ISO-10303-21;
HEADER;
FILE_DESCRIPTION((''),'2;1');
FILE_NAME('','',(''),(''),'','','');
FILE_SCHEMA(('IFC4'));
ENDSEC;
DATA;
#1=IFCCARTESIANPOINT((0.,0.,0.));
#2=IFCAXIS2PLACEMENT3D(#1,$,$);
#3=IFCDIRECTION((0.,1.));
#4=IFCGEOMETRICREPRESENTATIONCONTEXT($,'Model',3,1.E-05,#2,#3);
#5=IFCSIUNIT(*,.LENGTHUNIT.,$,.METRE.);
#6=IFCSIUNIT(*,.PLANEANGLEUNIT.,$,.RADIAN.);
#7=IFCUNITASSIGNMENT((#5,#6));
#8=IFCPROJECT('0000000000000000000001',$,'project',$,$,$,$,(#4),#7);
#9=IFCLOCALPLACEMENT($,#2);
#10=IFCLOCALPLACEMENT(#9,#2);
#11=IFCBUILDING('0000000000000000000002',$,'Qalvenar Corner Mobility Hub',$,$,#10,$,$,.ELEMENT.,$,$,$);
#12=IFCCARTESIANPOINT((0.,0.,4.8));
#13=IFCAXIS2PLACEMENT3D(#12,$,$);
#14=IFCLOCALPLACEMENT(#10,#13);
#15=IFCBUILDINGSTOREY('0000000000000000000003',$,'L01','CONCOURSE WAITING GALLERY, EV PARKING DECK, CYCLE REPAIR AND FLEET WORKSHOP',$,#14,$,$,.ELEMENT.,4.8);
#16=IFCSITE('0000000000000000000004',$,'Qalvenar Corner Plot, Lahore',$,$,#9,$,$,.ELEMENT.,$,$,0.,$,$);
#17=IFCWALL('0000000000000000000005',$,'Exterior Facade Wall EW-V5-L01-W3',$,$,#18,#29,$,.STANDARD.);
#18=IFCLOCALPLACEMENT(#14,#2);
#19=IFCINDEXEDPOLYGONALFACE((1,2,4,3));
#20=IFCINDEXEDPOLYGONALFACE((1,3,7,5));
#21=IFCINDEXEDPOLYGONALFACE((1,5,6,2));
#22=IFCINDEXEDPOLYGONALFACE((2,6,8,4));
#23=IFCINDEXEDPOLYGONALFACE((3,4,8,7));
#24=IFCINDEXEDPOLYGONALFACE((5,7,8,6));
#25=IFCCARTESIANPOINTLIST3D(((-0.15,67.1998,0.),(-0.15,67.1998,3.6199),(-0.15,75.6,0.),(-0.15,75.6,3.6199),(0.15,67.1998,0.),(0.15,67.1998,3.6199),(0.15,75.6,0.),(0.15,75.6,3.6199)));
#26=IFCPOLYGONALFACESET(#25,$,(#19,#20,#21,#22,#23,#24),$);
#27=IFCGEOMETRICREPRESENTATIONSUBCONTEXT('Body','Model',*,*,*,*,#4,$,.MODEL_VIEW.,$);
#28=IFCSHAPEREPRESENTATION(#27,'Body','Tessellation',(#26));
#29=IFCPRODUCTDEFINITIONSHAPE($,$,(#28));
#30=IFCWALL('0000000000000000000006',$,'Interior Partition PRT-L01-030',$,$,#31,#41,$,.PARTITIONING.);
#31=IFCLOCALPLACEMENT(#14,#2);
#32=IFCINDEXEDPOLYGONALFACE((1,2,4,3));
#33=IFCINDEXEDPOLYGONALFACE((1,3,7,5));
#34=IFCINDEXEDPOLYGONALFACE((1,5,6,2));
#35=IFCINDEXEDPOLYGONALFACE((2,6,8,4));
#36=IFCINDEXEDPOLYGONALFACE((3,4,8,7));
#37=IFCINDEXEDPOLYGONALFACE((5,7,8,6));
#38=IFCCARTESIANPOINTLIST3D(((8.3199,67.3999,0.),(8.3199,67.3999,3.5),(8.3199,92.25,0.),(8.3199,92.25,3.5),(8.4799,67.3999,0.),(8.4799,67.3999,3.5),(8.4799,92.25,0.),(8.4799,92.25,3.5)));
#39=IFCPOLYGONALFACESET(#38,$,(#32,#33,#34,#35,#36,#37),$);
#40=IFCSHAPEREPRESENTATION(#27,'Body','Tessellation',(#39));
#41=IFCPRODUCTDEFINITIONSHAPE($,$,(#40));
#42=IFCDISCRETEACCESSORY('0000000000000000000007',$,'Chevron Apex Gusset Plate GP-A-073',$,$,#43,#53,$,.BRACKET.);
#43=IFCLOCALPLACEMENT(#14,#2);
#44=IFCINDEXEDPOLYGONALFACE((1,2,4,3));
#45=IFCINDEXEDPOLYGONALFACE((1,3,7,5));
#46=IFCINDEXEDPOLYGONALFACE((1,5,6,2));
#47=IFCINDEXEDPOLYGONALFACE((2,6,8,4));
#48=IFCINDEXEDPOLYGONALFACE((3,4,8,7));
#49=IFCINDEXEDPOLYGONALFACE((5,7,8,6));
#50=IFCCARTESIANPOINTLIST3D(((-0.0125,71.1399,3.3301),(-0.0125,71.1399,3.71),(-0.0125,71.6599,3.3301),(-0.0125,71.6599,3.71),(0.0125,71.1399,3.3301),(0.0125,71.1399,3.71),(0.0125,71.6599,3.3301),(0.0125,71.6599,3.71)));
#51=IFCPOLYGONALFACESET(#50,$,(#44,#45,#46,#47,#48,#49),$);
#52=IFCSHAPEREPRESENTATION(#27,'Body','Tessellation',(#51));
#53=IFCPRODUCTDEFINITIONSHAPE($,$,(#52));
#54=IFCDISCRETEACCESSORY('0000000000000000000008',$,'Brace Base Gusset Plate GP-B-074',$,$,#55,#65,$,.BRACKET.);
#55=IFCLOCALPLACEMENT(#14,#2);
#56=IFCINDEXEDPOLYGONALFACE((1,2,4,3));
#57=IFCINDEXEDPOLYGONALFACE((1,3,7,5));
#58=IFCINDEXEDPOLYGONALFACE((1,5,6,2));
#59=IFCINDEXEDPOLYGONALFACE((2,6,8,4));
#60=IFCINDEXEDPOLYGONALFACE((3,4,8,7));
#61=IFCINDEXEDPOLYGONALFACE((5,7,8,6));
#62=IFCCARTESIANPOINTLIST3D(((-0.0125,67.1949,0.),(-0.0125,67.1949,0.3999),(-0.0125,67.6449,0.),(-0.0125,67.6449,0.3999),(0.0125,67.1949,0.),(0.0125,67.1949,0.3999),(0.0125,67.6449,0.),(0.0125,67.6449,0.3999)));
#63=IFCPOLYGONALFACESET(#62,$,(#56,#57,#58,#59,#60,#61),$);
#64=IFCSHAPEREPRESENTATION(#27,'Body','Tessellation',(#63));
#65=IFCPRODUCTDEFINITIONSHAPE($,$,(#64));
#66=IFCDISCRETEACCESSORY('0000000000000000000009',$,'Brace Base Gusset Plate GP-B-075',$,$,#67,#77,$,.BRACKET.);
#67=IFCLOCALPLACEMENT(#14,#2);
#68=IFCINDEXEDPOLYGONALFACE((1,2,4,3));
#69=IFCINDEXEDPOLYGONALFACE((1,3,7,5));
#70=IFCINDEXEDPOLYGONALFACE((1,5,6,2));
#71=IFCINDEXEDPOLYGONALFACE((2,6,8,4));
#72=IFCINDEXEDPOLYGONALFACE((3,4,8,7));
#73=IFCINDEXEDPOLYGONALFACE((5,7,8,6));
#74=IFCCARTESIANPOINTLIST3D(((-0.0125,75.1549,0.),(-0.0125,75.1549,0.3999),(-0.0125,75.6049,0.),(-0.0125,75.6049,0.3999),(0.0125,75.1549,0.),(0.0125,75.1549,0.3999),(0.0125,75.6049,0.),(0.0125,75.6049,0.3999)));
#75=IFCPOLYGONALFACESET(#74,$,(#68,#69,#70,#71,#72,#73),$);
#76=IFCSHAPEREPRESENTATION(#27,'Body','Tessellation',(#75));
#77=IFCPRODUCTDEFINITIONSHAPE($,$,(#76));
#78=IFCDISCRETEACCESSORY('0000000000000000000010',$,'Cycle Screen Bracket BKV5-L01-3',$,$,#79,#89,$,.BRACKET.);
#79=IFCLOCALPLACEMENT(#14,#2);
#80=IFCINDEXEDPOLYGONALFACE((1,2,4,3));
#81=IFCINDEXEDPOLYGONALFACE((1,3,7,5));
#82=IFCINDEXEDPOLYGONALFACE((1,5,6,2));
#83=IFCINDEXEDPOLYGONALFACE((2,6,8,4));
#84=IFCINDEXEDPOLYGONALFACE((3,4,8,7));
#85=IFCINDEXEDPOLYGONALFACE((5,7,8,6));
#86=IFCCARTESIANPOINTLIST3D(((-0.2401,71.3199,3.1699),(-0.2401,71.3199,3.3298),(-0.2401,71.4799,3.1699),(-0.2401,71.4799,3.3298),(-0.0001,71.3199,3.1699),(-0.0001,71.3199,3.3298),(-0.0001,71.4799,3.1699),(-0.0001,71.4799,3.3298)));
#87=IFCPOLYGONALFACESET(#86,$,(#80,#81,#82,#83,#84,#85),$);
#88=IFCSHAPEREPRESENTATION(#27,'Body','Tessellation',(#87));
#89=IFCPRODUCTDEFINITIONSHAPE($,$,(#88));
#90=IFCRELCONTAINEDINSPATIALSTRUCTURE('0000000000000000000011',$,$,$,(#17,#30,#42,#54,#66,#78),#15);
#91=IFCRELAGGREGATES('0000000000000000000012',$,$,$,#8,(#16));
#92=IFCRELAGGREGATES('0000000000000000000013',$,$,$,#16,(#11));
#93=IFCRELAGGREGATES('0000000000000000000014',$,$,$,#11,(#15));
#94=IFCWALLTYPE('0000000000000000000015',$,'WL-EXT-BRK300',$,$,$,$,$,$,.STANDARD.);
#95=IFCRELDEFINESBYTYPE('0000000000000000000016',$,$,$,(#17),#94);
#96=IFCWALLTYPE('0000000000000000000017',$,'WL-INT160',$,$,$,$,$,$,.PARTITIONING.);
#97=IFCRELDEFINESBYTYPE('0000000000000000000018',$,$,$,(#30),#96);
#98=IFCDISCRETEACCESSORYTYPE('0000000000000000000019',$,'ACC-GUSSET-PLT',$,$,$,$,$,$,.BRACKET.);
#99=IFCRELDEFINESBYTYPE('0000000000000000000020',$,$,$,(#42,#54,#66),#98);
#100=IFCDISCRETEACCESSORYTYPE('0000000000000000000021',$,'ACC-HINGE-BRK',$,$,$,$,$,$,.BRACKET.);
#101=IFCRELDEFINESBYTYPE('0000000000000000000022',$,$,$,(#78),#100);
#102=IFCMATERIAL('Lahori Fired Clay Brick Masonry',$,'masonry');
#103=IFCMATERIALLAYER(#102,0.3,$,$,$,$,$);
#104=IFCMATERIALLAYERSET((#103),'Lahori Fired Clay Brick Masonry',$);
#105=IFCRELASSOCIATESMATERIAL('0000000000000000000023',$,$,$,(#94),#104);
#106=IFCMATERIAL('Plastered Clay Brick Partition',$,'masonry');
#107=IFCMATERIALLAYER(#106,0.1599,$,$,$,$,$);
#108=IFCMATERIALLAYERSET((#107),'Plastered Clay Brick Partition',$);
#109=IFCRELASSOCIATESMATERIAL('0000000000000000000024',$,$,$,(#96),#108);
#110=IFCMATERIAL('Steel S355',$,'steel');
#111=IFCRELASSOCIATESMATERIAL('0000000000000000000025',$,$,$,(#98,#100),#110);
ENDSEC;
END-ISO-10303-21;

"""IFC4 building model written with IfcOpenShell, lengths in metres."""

from ifc_helpers import new_model, si_unit, direction, frame, frame_2d, origin, origin_2d, place, context, subcontext, project, spatial, rectangle, extrude, material, layer, layer_set, type_object, element, save


model = new_model("IFC4")

# Units and contexts
model_context = context("Model", 3, precision=1e-05, world=origin(), true_north=direction((0.0, 1.0)))
body_context = subcontext(model_context, "Body", "Model", "MODEL_VIEW")
ifc_project = project(units=[si_unit("LENGTHUNIT", "METRE"), si_unit("PLANEANGLEUNIT", "RADIAN")], contexts=[model_context])

# Site, building, storey
site_placement = place(None, origin())
site = spatial("IfcSite", under=ifc_project, at=site_placement, Name="Qalvenar Corner Plot, Lahore", CompositionType="ELEMENT", RefElevation=0.0)
building_placement = place(site_placement, origin())
building = spatial("IfcBuilding", under=site, at=building_placement, Name="Qalvenar Corner Mobility Hub", CompositionType="ELEMENT")
storey_placement = place(building_placement, frame((0.0, 0.0, 4.8)))
storey = spatial("IfcBuildingStorey", under=building, at=storey_placement, Name="L01", Description="CONCOURSE WAITING GALLERY, EV PARKING DECK, CYCLE REPAIR AND FLEET WORKSHOP", CompositionType="ELEMENT", Elevation=4.8)

# Shared definitions
ifc_material_1 = material(Name="Steel S355", Category="steel")

# Walls
ifc_material_2 = material(Name="Lahori Fired Clay Brick Masonry", Category="masonry")
ifc_layer_1 = layer(ifc_material_2, 0.3)
ifc_layer_set_1 = layer_set([ifc_layer_1], Name="Lahori Fired Clay Brick Masonry")
wall_type_1 = type_object("IfcWallType", Name="WL-EXT-BRK300", PredefinedType="STANDARD", material=ifc_layer_set_1)
wall_1_placement = place(storey_placement, frame((0.0, 75.6001, 0.0), z_axis=(0.0, 0.0, 1.0), x_axis=(0.0, -1.0, 0.0)))
element("IfcWall", 1, at=wall_1_placement, inside=storey, type_object=wall_type_1, Name="Exterior Facade Wall EW-V5-L01-W3", PredefinedType="STANDARD", context=body_context, shape_type="SweptSolid", body=[
    extrude(rectangle(XDim=8.4001, YDim=0.3, at=frame_2d((4.2002, 0.0))), origin(), (0.0, 0.0, 1.0), 3.6199),
])
ifc_material_3 = material(Name="Plastered Clay Brick Partition", Category="masonry")
ifc_layer_2 = layer(ifc_material_3, 0.1599)
ifc_layer_set_2 = layer_set([ifc_layer_2], Name="Plastered Clay Brick Partition")
wall_type_2 = type_object("IfcWallType", Name="WL-INT160", PredefinedType="PARTITIONING", material=ifc_layer_set_2)
wall_2_placement = place(storey_placement, frame((8.3999, 67.3999, 0.0), z_axis=(0.0, 0.0, 1.0), x_axis=(0.0, 1.0, 0.0)))
element("IfcWall", 2, at=wall_2_placement, inside=storey, type_object=wall_type_2, Name="Interior Partition PRT-L01-030", PredefinedType="PARTITIONING", context=body_context, shape_type="SweptSolid", body=[
    extrude(rectangle(XDim=24.8501, YDim=0.1599, at=frame_2d((12.425, 0.0))), origin(), (0.0, 0.0, 1.0), 3.5),
])

# Discrete accessories
discrete_accessory_type_1 = type_object("IfcDiscreteAccessoryType", Name="ACC-GUSSET-PLT", PredefinedType="BRACKET", material=ifc_material_1)
discrete_accessory_1_placement = place(storey_placement, frame((0.0, 71.3999, 3.3301), z_axis=(0.0, 0.0, 1.0), x_axis=(0.0, 1.0, 0.0)))
element("IfcDiscreteAccessory", 3, at=discrete_accessory_1_placement, inside=storey, type_object=discrete_accessory_type_1, Name="Chevron Apex Gusset Plate GP-A-073", PredefinedType="BRACKET", context=body_context, shape_type="SweptSolid", body=[
    extrude(rectangle(XDim=0.52, YDim=0.0249, at=origin_2d()), origin(), (0.0, 0.0, 1.0), 0.3799),
])
for number, where, z_axis, x_axis, name in (
    (4, (0.0, 67.4199, 0.0), (0.0, 0.0, 1.0), (0.0, 1.0, 0.0), "Brace Base Gusset Plate GP-B-074"),
    (5, (0.0, 75.3799, 0.0), (0.0, 0.0, 1.0), (0.0, 1.0, 0.0), "Brace Base Gusset Plate GP-B-075"),
):
    element("IfcDiscreteAccessory", number, at=place(storey_placement, frame(where, z_axis=z_axis, x_axis=x_axis)), inside=storey, type_object=discrete_accessory_type_1, Name=name, PredefinedType="BRACKET", context=body_context, shape_type="SweptSolid", body=[
        extrude(rectangle(XDim=0.45, YDim=0.0249, at=origin_2d()), origin(), (0.0, 0.0, 1.0), 0.3999),
    ])
discrete_accessory_type_2 = type_object("IfcDiscreteAccessoryType", Name="ACC-HINGE-BRK", PredefinedType="BRACKET", material=ifc_material_1)
discrete_accessory_2_placement = place(storey_placement, frame((-0.1201, 71.3999, 3.1699), z_axis=(0.0, 0.0, 1.0), x_axis=(0.0, 1.0, 0.0)))
element("IfcDiscreteAccessory", 6, at=discrete_accessory_2_placement, inside=storey, type_object=discrete_accessory_type_2, Name="Cycle Screen Bracket BKV5-L01-3", PredefinedType="BRACKET", context=body_context, shape_type="SweptSolid", body=[
    extrude(rectangle(XDim=0.1599, YDim=0.24, at=origin_2d()), origin(), (0.0, 0.0, 1.0), 0.1599),
])

save(model, "model.ifc")
